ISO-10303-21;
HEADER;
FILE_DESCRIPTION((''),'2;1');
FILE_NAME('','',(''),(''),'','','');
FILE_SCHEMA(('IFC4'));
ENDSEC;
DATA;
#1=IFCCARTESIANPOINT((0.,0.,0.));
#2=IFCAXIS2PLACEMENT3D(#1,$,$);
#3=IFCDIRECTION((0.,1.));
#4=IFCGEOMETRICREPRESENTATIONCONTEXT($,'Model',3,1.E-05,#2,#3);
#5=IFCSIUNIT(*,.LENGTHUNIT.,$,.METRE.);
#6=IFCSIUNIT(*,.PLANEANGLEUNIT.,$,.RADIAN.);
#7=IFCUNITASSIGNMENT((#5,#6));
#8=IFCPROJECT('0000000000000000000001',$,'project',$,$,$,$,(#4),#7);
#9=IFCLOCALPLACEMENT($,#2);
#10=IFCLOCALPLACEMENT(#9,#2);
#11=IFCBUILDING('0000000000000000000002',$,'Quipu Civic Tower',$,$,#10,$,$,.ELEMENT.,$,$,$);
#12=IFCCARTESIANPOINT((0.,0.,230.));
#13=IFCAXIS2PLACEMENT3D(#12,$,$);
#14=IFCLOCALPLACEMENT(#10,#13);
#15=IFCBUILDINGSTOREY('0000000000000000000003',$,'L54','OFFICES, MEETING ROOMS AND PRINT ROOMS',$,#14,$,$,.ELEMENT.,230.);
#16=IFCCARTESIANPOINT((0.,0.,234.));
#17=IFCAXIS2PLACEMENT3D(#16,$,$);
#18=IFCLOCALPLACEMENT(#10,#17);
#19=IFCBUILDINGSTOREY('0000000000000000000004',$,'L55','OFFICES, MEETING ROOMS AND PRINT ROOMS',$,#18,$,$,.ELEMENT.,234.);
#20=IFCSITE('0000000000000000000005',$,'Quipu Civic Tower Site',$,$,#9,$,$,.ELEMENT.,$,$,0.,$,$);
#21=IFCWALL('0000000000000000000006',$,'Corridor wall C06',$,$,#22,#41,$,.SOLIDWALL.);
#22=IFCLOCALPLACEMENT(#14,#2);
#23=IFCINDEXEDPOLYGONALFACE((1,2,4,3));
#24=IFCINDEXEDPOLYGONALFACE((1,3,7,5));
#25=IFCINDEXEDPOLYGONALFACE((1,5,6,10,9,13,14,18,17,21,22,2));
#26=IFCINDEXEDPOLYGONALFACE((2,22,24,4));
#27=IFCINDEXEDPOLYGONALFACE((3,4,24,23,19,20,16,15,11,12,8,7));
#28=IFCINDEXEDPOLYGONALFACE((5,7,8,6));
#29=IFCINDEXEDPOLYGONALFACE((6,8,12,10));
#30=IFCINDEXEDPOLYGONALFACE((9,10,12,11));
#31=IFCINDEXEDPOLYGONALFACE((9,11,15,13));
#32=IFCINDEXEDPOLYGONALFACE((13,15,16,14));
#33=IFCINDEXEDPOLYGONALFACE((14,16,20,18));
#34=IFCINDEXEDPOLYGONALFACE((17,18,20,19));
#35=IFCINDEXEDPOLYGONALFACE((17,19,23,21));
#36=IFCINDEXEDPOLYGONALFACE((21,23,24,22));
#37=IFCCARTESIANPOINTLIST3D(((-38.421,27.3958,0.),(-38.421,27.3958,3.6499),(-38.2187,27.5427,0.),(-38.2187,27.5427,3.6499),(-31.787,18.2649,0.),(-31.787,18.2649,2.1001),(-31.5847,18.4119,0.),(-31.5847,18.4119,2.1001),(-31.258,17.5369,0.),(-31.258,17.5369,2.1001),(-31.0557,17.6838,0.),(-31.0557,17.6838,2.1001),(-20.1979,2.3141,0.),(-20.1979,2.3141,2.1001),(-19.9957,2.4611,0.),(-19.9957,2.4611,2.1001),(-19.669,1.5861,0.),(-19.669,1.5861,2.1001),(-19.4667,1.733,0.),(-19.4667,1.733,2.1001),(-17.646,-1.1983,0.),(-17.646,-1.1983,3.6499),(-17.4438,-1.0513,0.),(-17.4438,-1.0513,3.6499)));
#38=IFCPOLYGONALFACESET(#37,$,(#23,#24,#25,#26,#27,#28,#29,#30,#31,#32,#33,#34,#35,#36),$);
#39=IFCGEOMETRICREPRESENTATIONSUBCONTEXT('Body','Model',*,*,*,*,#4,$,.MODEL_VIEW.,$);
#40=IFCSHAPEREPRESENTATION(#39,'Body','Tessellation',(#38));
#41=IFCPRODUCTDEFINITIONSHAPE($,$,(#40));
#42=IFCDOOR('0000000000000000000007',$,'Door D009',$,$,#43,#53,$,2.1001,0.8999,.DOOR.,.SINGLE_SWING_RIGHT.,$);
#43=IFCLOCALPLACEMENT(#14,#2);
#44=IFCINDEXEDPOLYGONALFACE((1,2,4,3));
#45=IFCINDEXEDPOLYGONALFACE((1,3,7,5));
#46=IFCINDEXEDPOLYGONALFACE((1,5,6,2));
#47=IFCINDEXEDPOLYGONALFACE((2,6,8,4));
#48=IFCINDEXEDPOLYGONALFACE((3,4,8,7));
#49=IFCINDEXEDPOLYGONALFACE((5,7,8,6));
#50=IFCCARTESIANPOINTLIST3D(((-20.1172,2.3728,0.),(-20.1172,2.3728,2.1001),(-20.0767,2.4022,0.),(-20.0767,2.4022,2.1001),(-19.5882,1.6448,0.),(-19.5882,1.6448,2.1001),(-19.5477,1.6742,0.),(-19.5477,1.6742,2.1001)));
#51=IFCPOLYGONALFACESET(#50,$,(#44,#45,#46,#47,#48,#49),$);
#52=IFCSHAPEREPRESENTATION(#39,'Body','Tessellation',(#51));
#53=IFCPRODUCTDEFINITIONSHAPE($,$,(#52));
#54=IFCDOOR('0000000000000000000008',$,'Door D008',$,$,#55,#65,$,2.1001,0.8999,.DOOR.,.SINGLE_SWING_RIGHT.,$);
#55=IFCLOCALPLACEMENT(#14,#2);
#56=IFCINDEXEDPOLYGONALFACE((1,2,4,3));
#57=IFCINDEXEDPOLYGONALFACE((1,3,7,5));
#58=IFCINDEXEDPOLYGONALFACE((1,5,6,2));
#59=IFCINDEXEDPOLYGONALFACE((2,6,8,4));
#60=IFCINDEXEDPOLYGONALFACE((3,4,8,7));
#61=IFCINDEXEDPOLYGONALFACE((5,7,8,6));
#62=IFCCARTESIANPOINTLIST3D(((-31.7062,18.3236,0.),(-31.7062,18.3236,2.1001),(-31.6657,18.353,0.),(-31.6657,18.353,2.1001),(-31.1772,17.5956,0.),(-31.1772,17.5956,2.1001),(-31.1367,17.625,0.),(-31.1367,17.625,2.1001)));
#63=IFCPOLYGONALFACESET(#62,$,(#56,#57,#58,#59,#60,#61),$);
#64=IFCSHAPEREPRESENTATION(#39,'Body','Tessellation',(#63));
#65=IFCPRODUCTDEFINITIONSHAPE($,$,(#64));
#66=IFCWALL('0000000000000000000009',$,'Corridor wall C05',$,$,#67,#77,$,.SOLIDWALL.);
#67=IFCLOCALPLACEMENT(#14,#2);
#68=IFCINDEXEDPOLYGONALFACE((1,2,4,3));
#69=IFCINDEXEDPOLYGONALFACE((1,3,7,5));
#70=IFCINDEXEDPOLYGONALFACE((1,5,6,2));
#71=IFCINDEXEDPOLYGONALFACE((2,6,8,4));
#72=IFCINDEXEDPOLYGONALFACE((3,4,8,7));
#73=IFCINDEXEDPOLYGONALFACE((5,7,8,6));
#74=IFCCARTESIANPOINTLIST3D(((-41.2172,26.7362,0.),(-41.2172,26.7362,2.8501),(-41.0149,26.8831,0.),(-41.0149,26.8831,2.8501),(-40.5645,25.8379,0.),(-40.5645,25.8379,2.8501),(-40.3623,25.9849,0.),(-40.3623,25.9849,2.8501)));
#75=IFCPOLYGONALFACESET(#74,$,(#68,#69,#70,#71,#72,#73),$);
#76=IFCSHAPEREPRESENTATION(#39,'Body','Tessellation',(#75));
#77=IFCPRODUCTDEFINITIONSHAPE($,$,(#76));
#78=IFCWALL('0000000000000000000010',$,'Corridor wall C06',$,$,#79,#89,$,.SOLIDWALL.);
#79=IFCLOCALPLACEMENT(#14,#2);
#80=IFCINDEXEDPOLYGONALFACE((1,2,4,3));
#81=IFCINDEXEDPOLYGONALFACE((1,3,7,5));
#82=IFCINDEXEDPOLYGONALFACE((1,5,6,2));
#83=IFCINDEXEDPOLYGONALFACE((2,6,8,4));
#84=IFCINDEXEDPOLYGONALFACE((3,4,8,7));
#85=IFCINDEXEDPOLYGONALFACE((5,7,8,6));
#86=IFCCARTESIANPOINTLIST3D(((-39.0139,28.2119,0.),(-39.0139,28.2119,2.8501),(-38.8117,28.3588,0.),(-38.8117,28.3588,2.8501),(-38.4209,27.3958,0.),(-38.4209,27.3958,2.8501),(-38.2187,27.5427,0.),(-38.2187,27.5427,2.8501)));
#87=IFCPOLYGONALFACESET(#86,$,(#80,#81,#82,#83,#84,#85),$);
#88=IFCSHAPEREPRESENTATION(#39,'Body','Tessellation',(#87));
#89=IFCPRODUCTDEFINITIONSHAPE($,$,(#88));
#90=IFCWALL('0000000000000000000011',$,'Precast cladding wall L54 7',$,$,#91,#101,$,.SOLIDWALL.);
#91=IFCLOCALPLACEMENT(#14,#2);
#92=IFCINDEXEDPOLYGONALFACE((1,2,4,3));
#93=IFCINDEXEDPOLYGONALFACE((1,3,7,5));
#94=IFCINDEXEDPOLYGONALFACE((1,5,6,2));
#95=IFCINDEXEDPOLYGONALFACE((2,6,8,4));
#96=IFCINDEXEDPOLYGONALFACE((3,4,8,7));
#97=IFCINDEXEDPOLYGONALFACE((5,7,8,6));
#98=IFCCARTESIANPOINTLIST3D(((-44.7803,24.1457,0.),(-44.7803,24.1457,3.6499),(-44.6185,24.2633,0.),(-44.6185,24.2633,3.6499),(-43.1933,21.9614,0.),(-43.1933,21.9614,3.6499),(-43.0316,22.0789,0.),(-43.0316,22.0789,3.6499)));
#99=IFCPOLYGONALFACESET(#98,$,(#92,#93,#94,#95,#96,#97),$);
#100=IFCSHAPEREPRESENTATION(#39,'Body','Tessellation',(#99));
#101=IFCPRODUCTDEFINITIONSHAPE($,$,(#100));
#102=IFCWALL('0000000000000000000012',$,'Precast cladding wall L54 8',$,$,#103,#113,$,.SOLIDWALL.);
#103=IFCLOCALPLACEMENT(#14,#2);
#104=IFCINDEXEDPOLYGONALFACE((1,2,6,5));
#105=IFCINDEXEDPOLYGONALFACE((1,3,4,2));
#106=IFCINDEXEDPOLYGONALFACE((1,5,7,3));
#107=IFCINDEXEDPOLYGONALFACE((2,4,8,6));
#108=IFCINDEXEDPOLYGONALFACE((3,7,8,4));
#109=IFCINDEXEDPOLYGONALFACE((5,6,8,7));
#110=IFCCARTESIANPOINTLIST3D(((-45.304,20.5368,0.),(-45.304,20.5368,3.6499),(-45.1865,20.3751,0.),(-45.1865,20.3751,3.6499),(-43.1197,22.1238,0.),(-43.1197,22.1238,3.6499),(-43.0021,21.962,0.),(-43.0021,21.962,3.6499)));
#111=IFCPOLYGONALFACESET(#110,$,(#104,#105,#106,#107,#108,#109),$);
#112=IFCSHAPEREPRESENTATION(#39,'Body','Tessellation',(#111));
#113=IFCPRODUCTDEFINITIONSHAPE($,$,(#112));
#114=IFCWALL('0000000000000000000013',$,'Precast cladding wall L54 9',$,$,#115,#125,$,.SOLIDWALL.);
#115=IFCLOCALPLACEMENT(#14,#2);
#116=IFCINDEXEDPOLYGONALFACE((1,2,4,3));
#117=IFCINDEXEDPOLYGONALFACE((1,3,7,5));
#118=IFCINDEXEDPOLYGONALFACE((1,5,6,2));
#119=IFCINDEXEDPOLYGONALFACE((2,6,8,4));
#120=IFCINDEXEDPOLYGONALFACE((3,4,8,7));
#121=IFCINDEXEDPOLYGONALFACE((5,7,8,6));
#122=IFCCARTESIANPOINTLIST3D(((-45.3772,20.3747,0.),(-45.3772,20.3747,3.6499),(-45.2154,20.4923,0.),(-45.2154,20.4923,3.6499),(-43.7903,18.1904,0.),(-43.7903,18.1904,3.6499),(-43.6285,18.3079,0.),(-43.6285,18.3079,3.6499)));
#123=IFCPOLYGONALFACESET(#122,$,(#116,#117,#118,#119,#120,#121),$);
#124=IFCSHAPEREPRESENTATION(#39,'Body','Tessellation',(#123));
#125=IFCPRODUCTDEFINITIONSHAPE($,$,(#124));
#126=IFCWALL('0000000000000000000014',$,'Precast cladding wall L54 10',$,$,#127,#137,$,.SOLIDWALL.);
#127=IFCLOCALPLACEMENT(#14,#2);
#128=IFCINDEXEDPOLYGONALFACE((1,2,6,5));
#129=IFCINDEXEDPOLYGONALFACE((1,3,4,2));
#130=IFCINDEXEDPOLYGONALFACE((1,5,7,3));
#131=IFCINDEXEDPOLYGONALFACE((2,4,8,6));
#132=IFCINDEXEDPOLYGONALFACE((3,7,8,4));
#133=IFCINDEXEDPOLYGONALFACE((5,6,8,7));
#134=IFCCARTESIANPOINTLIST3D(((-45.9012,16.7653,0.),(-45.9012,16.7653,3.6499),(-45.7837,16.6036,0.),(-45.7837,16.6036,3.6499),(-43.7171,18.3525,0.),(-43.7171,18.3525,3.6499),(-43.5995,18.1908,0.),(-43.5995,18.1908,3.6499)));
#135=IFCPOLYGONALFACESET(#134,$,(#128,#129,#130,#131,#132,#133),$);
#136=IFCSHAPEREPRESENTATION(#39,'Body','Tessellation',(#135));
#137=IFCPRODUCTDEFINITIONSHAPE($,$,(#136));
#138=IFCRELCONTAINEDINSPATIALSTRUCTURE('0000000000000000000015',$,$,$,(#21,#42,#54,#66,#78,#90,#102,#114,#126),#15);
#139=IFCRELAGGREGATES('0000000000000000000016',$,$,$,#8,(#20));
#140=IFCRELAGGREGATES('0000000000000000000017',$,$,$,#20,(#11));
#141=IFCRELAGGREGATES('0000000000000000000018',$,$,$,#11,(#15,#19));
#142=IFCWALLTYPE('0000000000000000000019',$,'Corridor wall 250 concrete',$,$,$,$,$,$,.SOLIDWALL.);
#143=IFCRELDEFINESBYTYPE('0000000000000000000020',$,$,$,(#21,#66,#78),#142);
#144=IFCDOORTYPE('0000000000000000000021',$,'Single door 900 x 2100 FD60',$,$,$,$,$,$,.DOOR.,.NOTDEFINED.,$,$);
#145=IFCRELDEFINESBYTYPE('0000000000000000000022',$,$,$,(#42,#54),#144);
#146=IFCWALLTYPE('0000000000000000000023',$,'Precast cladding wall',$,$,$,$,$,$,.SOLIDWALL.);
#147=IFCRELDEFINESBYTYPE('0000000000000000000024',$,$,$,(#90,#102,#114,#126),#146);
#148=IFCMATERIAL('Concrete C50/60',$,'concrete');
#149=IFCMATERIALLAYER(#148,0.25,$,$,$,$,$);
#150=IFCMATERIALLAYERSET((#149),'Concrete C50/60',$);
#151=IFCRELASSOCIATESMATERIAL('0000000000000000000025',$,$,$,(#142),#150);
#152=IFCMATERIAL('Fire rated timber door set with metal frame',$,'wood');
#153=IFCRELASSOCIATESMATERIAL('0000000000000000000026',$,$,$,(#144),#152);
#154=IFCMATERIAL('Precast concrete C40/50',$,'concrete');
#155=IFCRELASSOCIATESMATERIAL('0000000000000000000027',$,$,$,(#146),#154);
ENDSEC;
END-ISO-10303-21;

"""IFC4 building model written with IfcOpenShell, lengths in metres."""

from ifc_helpers import new_model, si_unit, direction, frame, frame_2d, origin, place, context, subcontext, project, spatial, rectangle, extrude, material, layer, layer_set, type_object, element, fill, save


model = new_model("IFC4")

# Units and contexts
model_context = context("Model", 3, precision=1e-05, world=origin(), true_north=direction((0.0, 1.0)))
body_context = subcontext(model_context, "Body", "Model", "MODEL_VIEW")
ifc_project = project(units=[si_unit("LENGTHUNIT", "METRE"), si_unit("PLANEANGLEUNIT", "RADIAN")], contexts=[model_context])

# Site, building, storey
site_placement = place(None, origin())
site = spatial("IfcSite", under=ifc_project, at=site_placement, Name="Quipu Civic Tower Site", CompositionType="ELEMENT", RefElevation=0.0)
building_placement = place(site_placement, origin())
building = spatial("IfcBuilding", under=site, at=building_placement, Name="Quipu Civic Tower", CompositionType="ELEMENT")
storey_1_placement = place(building_placement, frame((0.0, 0.0, 230.0)))
storey_1 = spatial("IfcBuildingStorey", under=building, at=storey_1_placement, Name="L54", Description="OFFICES, MEETING ROOMS AND PRINT ROOMS", CompositionType="ELEMENT", Elevation=230.0)

# Shared definitions
storey_2_placement = place(building_placement, frame((0.0, 0.0, 234.0)))
storey_2 = spatial("IfcBuildingStorey", under=building, at=storey_2_placement, Name="L55", Description="OFFICES, MEETING ROOMS AND PRINT ROOMS", CompositionType="ELEMENT", Elevation=234.0)

# Wall, openings, doors
ifc_material_1 = material(Name="Concrete C50/60", Category="concrete")
ifc_layer_1 = layer(ifc_material_1, 0.25)
ifc_layer_set_1 = layer_set([ifc_layer_1], Name="Concrete C50/60")
wall_type_1 = type_object("IfcWallType", Name="Corridor wall 250 concrete", PredefinedType="SOLIDWALL", material=ifc_layer_set_1)
wall_1_placement = place(storey_1_placement, frame((-38.3198, 27.4692, 0.0), z_axis=(0.0, 0.0, 1.0), x_axis=(0.587788, -0.809015, 0.0)))
wall_1 = element("IfcWall", 1, at=wall_1_placement, inside=storey_1, type_object=wall_type_1, Name="Corridor wall C06", PredefinedType="SOLIDWALL", context=body_context, shape_type="SweptSolid", body=[
    extrude(rectangle(XDim=35.3442, YDim=0.25, at=frame_2d((17.6721, 0.0))), origin(), (0.0, 0.0, 1.0), 3.6499),
])
opening_1_placement = place(wall_1_placement, frame((31.0027, 0.0, 0.0)))
opening_1 = element("IfcOpeningElement", 2, at=opening_1_placement, cuts=wall_1, PredefinedType="OPENING", context=body_context, shape_type="SweptSolid", body=[
    extrude(rectangle(XDim=0.8999, YDim=2.1001, at=frame_2d((0.45, 1.05))), frame((0.0, 0.135, 0.0), z_axis=(0.0, -1.0, 0.0), x_axis=(1.0, 0.0, 0.0)), (0.0, 0.0, 1.0), 0.27),
])
opening_2_placement = place(wall_1_placement, frame((11.2864, 0.0, 0.0)))
opening_2 = element("IfcOpeningElement", 3, at=opening_2_placement, cuts=wall_1, PredefinedType="OPENING", context=body_context, shape_type="SweptSolid", body=[
    extrude(rectangle(XDim=0.8999, YDim=2.1001, at=frame_2d((0.45, 1.05))), frame((0.0, 0.135, 0.0), z_axis=(0.0, -1.0, 0.0), x_axis=(1.0, 0.0, 0.0)), (0.0, 0.0, 1.0), 0.27),
])
ifc_material_2 = material(Name="Fire rated timber door set with metal frame", Category="wood")
door_type = type_object("IfcDoorType", Name="Single door 900 x 2100 FD60", OperationType="NOTDEFINED", PredefinedType="DOOR", material=ifc_material_2)
door_1_placement = place(opening_1_placement, origin())
door_1 = element("IfcDoor", 4, at=door_1_placement, inside=storey_1, type_object=door_type, Name="Door D009", OperationType="SINGLE_SWING_RIGHT", OverallHeight=2.1001, OverallWidth=0.8999, PredefinedType="DOOR", context=body_context, shape_type="SweptSolid", body=[
    extrude(rectangle(XDim=0.8999, YDim=2.1001, at=frame_2d((0.45, 1.05))), frame((0.0, 0.0249, 0.0), z_axis=(0.0, -1.0, 0.0), x_axis=(1.0, 0.0, 0.0)), (0.0, 0.0, 1.0), 0.05),
])
fill(opening_1, door_1)
door_2_placement = place(opening_2_placement, origin())
door_2 = element("IfcDoor", 5, at=door_2_placement, inside=storey_1, type_object=door_type, Name="Door D008", OperationType="SINGLE_SWING_RIGHT", OverallHeight=2.1001, OverallWidth=0.8999, PredefinedType="DOOR", context=body_context, shape_type="SweptSolid", body=[
    extrude(rectangle(XDim=0.8999, YDim=2.1001, at=frame_2d((0.45, 1.05))), frame((0.0, 0.0249, 0.0), z_axis=(0.0, -1.0, 0.0), x_axis=(1.0, 0.0, 0.0)), (0.0, 0.0, 1.0), 0.05),
])
fill(opening_2, door_2)

# Walls
wall_2_placement = place(storey_1_placement, frame((-40.4634, 25.9114, 0.0), z_axis=(0.0, 0.0, 1.0), x_axis=(-0.587792, 0.809012, 0.0)))
element("IfcWall", 6, at=wall_2_placement, inside=storey_1, type_object=wall_type_1, Name="Corridor wall C05", PredefinedType="SOLIDWALL", context=body_context, shape_type="SweptSolid", body=[
    extrude(rectangle(XDim=1.1104, YDim=0.25, at=frame_2d((0.5552, 0.0))), origin(), (0.0, 0.0, 1.0), 2.8501),
])
wall_3_placement = place(storey_1_placement, frame((-38.3198, 27.4692, 0.0), z_axis=(0.0, 0.0, 1.0), x_axis=(-0.587812, 0.808998, 0.0)))
element("IfcWall", 7, at=wall_3_placement, inside=storey_1, type_object=wall_type_1, Name="Corridor wall C06", PredefinedType="SOLIDWALL", context=body_context, shape_type="SweptSolid", body=[
    extrude(rectangle(XDim=1.0088, YDim=0.25, at=frame_2d((0.5044, 0.0))), origin(), (0.0, 0.0, 1.0), 2.8501),
])
ifc_material_3 = material(Name="Precast concrete C40/50", Category="concrete")
wall_type_2 = type_object("IfcWallType", Name="Precast cladding wall", PredefinedType="SOLIDWALL", material=ifc_material_3)
for number, where, z_axis, x_axis, name in (
    (8, (-44.6995, 24.2046, 0.0), (0.0, 0.0, 1.0), (0.587763, -0.809033, 0.0), "Precast cladding wall L54 7"),
    (9, (-43.0608, 22.043, 0.0), (0.0, 0.0, 1.0), (-0.809033, -0.587763, 0.0), "Precast cladding wall L54 8"),
    (10, (-45.2964, 20.4336, 0.0), (0.0, 0.0, 1.0), (0.587763, -0.809033, 0.0), "Precast cladding wall L54 9"),
    (11, (-43.6582, 18.2717, 0.0), (0.0, 0.0, 1.0), (-0.808959, -0.587865, 0.0), "Precast cladding wall L54 10"),
):
    element("IfcWall", number, at=place(storey_1_placement, frame(where, z_axis=z_axis, x_axis=x_axis)), inside=storey_1, type_object=wall_type_2, Name=name, PredefinedType="SOLIDWALL", context=body_context, shape_type="SweptSolid", body=[
        extrude(rectangle(XDim=2.7, YDim=0.2, at=frame_2d((1.3501, 0.0))), origin(), (0.0, 0.0, 1.0), 3.6499),
    ])

save(model, "model.ifc")
